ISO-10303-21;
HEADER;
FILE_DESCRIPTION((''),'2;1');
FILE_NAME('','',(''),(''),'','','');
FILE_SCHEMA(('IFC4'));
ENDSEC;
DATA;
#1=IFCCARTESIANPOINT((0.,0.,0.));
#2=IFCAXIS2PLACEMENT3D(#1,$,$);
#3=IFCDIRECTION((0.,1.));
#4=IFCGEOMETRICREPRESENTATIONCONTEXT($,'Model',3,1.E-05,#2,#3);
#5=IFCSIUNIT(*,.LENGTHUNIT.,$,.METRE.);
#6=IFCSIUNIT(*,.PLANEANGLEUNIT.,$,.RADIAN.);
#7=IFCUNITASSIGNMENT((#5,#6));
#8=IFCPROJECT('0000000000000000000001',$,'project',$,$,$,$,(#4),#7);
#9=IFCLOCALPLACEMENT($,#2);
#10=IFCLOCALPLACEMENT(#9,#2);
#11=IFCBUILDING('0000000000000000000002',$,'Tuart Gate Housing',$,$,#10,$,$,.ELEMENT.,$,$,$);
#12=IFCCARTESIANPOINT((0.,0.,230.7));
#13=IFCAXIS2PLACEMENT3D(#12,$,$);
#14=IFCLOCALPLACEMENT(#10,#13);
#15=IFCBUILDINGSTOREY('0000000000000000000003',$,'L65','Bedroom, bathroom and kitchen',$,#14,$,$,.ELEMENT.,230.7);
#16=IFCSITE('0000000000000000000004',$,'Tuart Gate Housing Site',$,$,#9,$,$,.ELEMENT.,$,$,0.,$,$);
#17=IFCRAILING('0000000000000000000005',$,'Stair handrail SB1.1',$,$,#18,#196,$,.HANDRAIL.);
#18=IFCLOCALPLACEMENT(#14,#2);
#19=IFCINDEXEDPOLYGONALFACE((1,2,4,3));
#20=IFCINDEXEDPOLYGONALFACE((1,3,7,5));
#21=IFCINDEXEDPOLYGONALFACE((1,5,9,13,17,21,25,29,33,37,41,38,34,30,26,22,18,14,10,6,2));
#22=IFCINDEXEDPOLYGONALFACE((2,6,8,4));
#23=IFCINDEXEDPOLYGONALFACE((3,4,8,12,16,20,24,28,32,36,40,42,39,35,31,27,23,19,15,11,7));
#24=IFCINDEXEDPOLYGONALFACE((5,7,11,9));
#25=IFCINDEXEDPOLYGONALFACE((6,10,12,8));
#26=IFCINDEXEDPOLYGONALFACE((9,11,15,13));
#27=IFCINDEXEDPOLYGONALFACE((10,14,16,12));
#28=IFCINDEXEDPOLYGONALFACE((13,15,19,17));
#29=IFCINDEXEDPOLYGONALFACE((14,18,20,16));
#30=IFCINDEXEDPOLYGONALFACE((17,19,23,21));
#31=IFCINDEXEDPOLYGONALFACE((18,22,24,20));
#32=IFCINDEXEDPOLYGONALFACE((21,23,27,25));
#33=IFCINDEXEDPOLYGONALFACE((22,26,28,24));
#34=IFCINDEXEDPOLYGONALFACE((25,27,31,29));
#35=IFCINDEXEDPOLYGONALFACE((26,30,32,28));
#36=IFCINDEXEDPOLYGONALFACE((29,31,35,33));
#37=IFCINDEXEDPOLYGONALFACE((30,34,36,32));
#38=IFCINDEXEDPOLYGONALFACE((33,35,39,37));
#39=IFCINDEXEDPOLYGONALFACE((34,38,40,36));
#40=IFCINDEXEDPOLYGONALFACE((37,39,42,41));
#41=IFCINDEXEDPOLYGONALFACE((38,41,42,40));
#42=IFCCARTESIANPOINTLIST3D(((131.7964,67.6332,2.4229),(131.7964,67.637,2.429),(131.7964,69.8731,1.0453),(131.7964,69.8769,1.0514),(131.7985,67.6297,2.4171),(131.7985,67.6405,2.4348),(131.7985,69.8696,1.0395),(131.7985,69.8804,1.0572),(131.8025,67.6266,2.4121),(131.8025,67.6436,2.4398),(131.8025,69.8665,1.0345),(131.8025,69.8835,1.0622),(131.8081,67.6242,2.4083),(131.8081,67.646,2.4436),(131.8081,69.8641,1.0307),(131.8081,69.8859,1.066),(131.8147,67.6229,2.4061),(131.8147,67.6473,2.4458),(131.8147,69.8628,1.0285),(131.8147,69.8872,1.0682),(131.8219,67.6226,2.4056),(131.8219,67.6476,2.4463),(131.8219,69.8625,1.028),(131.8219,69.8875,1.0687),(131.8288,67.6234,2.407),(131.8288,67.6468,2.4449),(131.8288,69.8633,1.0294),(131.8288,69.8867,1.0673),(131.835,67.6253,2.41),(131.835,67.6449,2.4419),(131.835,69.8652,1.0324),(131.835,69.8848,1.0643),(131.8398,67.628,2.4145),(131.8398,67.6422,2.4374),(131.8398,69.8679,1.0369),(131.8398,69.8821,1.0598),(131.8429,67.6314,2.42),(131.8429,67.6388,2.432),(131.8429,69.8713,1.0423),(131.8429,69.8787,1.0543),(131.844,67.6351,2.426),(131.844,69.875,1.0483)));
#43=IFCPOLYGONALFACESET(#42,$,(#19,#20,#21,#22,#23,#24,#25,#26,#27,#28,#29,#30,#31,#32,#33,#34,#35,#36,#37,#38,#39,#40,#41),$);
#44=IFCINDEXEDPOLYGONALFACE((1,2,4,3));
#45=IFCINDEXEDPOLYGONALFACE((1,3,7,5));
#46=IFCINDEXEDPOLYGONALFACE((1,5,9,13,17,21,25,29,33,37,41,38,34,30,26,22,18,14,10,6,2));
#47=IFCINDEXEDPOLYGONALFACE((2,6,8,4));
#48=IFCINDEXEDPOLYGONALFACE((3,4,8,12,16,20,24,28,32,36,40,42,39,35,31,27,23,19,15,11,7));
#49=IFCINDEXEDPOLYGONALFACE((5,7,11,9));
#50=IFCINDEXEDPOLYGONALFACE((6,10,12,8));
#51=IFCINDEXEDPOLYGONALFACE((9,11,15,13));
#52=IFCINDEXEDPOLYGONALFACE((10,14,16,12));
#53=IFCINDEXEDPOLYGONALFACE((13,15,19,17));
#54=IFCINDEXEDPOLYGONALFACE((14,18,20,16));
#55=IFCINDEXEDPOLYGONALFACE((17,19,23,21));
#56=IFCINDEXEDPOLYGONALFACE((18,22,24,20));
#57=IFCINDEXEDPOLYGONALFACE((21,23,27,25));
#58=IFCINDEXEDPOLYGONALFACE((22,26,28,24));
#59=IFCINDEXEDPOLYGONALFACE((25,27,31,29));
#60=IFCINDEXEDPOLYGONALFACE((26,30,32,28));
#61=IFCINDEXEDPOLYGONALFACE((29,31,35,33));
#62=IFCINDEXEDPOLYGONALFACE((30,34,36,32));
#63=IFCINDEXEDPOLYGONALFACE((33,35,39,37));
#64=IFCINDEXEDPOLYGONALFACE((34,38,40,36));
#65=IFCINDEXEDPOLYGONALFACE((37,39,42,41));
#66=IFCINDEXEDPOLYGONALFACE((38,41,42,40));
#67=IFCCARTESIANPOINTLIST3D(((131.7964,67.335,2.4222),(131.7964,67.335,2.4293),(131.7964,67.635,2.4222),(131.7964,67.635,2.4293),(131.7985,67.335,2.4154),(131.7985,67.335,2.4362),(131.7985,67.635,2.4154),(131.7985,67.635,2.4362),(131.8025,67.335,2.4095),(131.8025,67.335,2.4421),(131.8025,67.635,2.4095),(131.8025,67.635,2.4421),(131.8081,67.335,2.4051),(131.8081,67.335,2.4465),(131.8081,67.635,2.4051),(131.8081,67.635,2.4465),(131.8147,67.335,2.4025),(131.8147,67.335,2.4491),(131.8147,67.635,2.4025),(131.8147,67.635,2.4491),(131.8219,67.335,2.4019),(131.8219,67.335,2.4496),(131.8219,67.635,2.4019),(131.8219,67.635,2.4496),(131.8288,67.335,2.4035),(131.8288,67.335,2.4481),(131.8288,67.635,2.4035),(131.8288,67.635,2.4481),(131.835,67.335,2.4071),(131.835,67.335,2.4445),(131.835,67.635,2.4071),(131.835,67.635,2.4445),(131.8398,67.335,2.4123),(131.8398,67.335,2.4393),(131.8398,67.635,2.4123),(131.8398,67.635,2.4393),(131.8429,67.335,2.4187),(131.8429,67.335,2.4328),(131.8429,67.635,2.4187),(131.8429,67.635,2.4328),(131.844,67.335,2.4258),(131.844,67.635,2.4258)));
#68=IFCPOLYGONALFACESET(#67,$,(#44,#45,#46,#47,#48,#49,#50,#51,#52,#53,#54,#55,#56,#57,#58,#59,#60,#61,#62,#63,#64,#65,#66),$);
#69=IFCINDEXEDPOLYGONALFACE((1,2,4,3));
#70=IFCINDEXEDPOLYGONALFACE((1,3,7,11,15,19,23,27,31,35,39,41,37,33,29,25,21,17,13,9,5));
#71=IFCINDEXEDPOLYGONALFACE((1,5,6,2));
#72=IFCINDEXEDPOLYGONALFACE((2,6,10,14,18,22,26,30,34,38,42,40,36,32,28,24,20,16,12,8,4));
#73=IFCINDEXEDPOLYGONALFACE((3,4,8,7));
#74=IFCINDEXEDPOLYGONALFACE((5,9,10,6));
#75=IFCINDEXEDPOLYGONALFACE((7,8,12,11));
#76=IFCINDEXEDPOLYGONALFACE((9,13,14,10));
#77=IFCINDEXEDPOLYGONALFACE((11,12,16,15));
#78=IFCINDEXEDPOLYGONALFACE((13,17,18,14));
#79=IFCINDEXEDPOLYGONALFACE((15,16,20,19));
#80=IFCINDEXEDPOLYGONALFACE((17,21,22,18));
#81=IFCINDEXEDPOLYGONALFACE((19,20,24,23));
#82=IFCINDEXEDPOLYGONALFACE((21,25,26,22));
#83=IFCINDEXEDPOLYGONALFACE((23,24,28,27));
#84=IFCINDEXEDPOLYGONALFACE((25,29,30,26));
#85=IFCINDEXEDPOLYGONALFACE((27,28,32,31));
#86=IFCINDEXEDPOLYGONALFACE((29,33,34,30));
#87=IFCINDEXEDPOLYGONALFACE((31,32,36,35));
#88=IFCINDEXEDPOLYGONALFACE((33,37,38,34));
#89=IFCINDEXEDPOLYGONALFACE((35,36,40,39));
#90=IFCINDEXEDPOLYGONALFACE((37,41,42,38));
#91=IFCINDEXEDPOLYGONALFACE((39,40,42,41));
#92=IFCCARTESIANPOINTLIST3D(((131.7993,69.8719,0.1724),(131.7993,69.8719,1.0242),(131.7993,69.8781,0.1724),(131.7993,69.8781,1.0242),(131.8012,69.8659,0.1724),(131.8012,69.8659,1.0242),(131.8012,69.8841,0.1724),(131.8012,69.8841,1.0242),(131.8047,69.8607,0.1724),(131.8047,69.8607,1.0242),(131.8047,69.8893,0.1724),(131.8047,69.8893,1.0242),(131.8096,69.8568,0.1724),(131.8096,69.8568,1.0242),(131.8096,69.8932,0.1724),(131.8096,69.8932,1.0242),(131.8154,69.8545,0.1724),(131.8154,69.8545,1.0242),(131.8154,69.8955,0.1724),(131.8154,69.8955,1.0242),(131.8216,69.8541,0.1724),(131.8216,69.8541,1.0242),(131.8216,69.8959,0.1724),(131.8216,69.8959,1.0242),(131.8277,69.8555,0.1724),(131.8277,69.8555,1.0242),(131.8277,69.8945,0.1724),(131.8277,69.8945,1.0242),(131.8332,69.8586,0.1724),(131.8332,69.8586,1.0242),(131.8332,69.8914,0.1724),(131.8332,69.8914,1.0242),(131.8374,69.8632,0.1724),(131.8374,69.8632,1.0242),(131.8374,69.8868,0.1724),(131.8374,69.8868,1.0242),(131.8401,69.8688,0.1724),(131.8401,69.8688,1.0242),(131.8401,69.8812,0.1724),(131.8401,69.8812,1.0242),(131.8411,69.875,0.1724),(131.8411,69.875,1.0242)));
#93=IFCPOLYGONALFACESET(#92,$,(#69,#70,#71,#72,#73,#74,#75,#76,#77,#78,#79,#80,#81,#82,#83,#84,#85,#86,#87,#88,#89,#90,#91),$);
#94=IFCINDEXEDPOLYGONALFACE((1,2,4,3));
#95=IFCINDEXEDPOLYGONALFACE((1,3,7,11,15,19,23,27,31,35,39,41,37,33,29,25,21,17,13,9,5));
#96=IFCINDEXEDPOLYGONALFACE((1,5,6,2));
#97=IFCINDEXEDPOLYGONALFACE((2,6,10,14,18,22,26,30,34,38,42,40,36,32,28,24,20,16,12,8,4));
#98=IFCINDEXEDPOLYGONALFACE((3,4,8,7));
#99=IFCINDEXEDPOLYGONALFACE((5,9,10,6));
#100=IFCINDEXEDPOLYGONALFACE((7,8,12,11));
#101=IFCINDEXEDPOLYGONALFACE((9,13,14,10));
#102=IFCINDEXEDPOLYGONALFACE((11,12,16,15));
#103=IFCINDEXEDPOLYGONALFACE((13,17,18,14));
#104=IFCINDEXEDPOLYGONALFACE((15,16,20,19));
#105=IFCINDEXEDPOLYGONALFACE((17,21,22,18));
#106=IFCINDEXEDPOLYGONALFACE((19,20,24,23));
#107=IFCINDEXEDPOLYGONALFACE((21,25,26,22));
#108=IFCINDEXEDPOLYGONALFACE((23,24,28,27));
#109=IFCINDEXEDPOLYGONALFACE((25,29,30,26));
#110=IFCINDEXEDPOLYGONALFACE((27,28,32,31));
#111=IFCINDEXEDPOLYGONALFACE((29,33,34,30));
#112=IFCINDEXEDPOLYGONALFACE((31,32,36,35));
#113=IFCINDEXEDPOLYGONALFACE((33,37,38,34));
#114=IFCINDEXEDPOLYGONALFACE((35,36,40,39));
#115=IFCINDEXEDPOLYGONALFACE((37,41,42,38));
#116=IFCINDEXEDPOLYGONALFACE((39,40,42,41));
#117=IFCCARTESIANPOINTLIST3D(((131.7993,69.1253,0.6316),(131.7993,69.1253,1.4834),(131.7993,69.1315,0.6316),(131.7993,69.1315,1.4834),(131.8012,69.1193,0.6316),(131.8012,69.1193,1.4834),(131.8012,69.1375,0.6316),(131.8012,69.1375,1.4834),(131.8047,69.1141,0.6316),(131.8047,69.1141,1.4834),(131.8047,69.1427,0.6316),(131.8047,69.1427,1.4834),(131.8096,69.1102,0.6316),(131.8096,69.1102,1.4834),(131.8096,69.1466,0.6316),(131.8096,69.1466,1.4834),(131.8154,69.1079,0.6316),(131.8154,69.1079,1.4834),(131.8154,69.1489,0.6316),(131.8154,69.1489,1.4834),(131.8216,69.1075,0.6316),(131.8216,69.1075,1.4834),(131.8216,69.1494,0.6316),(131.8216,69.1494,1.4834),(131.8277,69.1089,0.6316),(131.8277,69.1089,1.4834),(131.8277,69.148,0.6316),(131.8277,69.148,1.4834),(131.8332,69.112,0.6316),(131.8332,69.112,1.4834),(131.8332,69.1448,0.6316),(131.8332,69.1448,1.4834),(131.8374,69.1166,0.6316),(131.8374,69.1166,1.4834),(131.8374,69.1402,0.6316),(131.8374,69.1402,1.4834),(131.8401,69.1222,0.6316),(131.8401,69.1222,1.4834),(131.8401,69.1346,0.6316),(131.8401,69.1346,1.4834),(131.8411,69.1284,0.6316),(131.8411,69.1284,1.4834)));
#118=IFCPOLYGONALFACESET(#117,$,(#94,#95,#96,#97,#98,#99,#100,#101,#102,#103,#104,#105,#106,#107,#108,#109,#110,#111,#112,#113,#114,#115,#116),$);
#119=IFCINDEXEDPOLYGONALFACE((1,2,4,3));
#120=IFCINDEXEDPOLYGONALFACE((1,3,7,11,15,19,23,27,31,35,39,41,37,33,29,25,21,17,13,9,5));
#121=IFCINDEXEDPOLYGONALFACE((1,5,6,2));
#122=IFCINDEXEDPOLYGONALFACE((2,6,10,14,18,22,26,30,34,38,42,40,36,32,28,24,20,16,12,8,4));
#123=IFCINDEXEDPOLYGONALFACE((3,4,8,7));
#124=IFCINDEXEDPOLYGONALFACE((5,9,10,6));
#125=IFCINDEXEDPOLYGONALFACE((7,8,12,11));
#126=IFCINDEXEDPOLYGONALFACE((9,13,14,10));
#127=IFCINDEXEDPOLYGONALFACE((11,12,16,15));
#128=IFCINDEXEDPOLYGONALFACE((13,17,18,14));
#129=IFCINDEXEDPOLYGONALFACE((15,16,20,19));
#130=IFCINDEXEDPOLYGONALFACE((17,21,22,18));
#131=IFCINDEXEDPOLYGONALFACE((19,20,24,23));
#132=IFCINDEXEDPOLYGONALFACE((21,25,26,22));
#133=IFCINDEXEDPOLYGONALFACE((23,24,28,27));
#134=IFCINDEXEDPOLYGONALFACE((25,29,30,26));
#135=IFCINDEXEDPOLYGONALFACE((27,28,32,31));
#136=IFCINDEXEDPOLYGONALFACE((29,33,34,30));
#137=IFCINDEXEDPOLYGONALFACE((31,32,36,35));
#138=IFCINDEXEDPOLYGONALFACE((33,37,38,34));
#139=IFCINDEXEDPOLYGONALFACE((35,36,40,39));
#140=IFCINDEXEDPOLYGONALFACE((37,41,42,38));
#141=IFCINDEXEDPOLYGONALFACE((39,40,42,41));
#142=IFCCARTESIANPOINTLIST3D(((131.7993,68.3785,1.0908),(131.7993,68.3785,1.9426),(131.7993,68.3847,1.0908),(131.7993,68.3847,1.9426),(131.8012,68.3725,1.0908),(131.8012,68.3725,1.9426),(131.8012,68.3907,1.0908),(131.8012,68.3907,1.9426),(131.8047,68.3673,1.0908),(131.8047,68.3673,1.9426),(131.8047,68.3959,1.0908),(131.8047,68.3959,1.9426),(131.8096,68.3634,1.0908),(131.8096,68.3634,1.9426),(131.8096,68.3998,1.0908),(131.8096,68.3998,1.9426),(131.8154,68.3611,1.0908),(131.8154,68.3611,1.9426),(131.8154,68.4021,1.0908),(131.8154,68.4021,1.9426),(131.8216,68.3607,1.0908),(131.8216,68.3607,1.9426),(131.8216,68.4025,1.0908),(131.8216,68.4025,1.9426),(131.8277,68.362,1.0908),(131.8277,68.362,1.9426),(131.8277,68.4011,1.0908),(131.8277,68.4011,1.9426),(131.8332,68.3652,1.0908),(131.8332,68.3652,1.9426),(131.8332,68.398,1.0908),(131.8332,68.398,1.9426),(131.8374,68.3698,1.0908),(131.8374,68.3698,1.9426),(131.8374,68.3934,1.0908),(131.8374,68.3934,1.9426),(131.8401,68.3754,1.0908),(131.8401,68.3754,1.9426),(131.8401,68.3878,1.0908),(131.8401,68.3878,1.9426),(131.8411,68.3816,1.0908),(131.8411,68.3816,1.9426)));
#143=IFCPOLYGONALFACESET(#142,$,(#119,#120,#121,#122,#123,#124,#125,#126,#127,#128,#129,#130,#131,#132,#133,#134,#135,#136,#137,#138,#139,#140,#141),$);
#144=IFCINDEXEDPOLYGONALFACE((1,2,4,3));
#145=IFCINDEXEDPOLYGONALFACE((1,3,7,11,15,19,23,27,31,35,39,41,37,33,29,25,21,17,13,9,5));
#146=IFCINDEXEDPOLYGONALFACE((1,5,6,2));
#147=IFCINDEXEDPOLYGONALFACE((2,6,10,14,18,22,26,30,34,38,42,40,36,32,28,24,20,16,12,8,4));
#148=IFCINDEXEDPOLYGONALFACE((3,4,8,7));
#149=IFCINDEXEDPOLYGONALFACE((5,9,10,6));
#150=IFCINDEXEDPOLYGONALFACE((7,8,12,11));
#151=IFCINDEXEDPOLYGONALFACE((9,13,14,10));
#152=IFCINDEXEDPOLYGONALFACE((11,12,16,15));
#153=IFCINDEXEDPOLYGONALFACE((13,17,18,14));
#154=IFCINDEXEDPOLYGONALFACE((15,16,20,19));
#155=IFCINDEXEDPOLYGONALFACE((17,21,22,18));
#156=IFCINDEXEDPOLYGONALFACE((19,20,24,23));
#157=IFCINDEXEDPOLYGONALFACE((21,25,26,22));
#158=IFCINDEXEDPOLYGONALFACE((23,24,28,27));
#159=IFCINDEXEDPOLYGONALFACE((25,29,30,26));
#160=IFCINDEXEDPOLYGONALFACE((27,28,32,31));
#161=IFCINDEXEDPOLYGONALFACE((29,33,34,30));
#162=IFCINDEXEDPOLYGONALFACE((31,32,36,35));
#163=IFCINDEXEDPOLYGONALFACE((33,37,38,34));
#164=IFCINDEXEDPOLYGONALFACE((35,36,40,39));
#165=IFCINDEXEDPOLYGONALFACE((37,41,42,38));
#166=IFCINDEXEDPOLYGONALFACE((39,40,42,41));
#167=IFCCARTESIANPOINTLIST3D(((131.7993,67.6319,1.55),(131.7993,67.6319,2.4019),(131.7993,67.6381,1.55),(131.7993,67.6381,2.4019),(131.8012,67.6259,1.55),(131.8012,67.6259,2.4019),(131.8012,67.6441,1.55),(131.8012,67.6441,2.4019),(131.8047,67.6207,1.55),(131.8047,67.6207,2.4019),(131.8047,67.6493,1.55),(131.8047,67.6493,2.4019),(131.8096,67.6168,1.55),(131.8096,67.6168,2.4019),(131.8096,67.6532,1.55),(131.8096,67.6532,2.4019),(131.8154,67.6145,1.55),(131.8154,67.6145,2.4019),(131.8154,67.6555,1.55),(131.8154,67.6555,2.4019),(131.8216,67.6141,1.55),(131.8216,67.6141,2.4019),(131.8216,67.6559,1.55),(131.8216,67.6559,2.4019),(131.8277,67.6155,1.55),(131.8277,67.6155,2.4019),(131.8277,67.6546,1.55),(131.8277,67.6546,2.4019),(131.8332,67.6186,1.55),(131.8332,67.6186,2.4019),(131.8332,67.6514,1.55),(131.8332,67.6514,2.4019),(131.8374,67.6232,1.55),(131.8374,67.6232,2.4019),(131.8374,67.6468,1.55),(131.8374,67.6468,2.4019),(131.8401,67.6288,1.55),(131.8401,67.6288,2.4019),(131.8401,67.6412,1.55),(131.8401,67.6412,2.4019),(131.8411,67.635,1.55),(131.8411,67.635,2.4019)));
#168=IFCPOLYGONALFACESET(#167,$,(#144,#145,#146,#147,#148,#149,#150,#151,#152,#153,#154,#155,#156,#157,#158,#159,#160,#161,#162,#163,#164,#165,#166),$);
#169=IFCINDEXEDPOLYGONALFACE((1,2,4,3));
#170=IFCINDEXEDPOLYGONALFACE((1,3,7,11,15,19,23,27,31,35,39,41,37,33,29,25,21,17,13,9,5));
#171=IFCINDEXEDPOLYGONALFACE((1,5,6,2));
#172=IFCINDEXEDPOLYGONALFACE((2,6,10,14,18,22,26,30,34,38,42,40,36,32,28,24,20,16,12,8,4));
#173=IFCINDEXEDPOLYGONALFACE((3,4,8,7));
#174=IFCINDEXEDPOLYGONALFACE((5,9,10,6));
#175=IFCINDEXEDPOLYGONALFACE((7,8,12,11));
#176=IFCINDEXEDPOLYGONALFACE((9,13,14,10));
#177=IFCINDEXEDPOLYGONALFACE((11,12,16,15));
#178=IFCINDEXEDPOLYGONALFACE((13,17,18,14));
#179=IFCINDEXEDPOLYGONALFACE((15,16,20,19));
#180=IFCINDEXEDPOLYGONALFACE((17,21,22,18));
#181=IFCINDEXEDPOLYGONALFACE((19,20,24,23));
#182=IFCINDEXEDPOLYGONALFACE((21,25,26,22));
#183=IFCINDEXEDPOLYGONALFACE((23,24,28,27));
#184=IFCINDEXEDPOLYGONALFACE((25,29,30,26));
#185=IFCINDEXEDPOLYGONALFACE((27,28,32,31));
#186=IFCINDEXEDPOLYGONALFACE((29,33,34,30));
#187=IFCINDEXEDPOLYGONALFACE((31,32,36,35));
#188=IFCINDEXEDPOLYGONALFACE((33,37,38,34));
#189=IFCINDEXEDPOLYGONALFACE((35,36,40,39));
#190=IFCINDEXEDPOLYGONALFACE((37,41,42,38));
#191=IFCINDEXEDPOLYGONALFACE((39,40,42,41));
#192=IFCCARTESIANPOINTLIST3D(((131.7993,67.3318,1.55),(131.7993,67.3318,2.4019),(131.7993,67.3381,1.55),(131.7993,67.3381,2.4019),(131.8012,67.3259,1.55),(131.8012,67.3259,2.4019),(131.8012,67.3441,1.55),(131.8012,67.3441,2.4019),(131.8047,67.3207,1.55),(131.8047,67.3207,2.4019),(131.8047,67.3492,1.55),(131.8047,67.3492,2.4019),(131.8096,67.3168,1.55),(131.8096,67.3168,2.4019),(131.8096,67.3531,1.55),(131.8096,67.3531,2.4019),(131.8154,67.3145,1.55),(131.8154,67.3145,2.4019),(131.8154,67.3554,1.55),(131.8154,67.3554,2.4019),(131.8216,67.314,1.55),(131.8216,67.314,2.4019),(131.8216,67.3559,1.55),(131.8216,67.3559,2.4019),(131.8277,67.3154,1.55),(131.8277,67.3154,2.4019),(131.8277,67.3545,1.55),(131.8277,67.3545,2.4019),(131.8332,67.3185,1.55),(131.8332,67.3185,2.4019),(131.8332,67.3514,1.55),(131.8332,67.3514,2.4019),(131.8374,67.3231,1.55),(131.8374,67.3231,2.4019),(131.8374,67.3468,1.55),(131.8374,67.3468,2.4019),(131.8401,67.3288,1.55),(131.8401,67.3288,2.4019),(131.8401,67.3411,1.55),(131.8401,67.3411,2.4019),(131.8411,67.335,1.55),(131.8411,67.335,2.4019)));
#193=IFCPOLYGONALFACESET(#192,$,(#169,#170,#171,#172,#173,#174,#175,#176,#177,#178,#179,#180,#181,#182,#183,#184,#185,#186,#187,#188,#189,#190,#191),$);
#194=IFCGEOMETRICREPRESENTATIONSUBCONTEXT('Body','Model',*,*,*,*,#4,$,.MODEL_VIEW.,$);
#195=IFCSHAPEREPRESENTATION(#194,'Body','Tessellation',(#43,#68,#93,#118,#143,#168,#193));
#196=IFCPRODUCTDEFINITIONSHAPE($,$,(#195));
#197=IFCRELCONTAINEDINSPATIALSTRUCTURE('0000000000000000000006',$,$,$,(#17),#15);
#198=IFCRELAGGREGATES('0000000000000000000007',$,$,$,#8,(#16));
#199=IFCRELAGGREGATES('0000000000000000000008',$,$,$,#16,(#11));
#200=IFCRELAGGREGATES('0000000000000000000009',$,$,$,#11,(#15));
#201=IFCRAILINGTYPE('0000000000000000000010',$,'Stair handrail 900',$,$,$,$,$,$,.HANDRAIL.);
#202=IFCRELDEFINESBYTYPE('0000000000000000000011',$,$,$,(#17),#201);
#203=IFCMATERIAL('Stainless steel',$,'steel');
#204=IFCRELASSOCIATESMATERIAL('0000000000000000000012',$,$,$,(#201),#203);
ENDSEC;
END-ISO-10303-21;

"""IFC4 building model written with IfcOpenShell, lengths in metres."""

from ifc_helpers import new_model, si_unit, direction, frame, origin, origin_2d, place, context, subcontext, project, spatial, circle, extrude, material, type_object, element, save


model = new_model("IFC4")

# Units and contexts
model_context = context("Model", 3, precision=1e-05, world=origin(), true_north=direction((0.0, 1.0)))
body_context = subcontext(model_context, "Body", "Model", "MODEL_VIEW")
ifc_project = project(units=[si_unit("LENGTHUNIT", "METRE"), si_unit("PLANEANGLEUNIT", "RADIAN")], contexts=[model_context])

# Site, building, storey
site_placement = place(None, origin())
site = spatial("IfcSite", under=ifc_project, at=site_placement, Name="Tuart Gate Housing Site", CompositionType="ELEMENT", RefElevation=0.0)
building_placement = place(site_placement, origin())
building = spatial("IfcBuilding", under=site, at=building_placement, Name="Tuart Gate Housing", CompositionType="ELEMENT")
storey_placement = place(building_placement, frame((0.0, 0.0, 230.7)))
storey = spatial("IfcBuildingStorey", under=building, at=storey_placement, Name="L65", Description="Bedroom, bathroom and kitchen", CompositionType="ELEMENT", Elevation=230.7)

# Railing
ifc_material_1 = material(Name="Stainless steel", Category="steel")
railing_type = type_object("IfcRailingType", Name="Stair handrail 900", PredefinedType="HANDRAIL", material=ifc_material_1)
railing_placement = place(storey_placement, frame((131.8201, 69.875, 0.1724)))
element("IfcRailing", 1, at=railing_placement, inside=storey, type_object=railing_type, Name="Stair handrail SB1.1", PredefinedType="HANDRAIL", context=body_context, shape_type="SweptSolid", body=[
    extrude(circle(Radius=0.0239, at=origin_2d()), frame((0.0, 0.0, 0.876), z_axis=(0.0, -0.851789, 0.523885), x_axis=(1.0, 0.0, 0.0)), (0.0, 0.0, 1.0), 2.6296),
    extrude(circle(Radius=0.0239, at=origin_2d()), frame((0.0, -2.24, 2.2534), z_axis=(0.0, -1.0, 0.0), x_axis=(1.0, 0.0, 0.0)), (0.0, 0.0, 1.0), 0.3),
    extrude(circle(Radius=0.021, at=origin_2d()), origin(), (0.0, 0.0, 1.0), 0.8518),
    extrude(circle(Radius=0.021, at=origin_2d()), frame((0.0, -0.7466, 0.4592)), (0.0, 0.0, 1.0), 0.8518),
    extrude(circle(Radius=0.021, at=origin_2d()), frame((0.0, -1.4934, 0.9185)), (0.0, 0.0, 1.0), 0.8518),
    extrude(circle(Radius=0.021, at=origin_2d()), frame((0.0, -2.24, 1.3777)), (0.0, 0.0, 1.0), 0.8518),
    extrude(circle(Radius=0.021, at=origin_2d()), frame((0.0, -2.54, 1.3777)), (0.0, 0.0, 1.0), 0.8518),
])

save(model, "model.ifc")
